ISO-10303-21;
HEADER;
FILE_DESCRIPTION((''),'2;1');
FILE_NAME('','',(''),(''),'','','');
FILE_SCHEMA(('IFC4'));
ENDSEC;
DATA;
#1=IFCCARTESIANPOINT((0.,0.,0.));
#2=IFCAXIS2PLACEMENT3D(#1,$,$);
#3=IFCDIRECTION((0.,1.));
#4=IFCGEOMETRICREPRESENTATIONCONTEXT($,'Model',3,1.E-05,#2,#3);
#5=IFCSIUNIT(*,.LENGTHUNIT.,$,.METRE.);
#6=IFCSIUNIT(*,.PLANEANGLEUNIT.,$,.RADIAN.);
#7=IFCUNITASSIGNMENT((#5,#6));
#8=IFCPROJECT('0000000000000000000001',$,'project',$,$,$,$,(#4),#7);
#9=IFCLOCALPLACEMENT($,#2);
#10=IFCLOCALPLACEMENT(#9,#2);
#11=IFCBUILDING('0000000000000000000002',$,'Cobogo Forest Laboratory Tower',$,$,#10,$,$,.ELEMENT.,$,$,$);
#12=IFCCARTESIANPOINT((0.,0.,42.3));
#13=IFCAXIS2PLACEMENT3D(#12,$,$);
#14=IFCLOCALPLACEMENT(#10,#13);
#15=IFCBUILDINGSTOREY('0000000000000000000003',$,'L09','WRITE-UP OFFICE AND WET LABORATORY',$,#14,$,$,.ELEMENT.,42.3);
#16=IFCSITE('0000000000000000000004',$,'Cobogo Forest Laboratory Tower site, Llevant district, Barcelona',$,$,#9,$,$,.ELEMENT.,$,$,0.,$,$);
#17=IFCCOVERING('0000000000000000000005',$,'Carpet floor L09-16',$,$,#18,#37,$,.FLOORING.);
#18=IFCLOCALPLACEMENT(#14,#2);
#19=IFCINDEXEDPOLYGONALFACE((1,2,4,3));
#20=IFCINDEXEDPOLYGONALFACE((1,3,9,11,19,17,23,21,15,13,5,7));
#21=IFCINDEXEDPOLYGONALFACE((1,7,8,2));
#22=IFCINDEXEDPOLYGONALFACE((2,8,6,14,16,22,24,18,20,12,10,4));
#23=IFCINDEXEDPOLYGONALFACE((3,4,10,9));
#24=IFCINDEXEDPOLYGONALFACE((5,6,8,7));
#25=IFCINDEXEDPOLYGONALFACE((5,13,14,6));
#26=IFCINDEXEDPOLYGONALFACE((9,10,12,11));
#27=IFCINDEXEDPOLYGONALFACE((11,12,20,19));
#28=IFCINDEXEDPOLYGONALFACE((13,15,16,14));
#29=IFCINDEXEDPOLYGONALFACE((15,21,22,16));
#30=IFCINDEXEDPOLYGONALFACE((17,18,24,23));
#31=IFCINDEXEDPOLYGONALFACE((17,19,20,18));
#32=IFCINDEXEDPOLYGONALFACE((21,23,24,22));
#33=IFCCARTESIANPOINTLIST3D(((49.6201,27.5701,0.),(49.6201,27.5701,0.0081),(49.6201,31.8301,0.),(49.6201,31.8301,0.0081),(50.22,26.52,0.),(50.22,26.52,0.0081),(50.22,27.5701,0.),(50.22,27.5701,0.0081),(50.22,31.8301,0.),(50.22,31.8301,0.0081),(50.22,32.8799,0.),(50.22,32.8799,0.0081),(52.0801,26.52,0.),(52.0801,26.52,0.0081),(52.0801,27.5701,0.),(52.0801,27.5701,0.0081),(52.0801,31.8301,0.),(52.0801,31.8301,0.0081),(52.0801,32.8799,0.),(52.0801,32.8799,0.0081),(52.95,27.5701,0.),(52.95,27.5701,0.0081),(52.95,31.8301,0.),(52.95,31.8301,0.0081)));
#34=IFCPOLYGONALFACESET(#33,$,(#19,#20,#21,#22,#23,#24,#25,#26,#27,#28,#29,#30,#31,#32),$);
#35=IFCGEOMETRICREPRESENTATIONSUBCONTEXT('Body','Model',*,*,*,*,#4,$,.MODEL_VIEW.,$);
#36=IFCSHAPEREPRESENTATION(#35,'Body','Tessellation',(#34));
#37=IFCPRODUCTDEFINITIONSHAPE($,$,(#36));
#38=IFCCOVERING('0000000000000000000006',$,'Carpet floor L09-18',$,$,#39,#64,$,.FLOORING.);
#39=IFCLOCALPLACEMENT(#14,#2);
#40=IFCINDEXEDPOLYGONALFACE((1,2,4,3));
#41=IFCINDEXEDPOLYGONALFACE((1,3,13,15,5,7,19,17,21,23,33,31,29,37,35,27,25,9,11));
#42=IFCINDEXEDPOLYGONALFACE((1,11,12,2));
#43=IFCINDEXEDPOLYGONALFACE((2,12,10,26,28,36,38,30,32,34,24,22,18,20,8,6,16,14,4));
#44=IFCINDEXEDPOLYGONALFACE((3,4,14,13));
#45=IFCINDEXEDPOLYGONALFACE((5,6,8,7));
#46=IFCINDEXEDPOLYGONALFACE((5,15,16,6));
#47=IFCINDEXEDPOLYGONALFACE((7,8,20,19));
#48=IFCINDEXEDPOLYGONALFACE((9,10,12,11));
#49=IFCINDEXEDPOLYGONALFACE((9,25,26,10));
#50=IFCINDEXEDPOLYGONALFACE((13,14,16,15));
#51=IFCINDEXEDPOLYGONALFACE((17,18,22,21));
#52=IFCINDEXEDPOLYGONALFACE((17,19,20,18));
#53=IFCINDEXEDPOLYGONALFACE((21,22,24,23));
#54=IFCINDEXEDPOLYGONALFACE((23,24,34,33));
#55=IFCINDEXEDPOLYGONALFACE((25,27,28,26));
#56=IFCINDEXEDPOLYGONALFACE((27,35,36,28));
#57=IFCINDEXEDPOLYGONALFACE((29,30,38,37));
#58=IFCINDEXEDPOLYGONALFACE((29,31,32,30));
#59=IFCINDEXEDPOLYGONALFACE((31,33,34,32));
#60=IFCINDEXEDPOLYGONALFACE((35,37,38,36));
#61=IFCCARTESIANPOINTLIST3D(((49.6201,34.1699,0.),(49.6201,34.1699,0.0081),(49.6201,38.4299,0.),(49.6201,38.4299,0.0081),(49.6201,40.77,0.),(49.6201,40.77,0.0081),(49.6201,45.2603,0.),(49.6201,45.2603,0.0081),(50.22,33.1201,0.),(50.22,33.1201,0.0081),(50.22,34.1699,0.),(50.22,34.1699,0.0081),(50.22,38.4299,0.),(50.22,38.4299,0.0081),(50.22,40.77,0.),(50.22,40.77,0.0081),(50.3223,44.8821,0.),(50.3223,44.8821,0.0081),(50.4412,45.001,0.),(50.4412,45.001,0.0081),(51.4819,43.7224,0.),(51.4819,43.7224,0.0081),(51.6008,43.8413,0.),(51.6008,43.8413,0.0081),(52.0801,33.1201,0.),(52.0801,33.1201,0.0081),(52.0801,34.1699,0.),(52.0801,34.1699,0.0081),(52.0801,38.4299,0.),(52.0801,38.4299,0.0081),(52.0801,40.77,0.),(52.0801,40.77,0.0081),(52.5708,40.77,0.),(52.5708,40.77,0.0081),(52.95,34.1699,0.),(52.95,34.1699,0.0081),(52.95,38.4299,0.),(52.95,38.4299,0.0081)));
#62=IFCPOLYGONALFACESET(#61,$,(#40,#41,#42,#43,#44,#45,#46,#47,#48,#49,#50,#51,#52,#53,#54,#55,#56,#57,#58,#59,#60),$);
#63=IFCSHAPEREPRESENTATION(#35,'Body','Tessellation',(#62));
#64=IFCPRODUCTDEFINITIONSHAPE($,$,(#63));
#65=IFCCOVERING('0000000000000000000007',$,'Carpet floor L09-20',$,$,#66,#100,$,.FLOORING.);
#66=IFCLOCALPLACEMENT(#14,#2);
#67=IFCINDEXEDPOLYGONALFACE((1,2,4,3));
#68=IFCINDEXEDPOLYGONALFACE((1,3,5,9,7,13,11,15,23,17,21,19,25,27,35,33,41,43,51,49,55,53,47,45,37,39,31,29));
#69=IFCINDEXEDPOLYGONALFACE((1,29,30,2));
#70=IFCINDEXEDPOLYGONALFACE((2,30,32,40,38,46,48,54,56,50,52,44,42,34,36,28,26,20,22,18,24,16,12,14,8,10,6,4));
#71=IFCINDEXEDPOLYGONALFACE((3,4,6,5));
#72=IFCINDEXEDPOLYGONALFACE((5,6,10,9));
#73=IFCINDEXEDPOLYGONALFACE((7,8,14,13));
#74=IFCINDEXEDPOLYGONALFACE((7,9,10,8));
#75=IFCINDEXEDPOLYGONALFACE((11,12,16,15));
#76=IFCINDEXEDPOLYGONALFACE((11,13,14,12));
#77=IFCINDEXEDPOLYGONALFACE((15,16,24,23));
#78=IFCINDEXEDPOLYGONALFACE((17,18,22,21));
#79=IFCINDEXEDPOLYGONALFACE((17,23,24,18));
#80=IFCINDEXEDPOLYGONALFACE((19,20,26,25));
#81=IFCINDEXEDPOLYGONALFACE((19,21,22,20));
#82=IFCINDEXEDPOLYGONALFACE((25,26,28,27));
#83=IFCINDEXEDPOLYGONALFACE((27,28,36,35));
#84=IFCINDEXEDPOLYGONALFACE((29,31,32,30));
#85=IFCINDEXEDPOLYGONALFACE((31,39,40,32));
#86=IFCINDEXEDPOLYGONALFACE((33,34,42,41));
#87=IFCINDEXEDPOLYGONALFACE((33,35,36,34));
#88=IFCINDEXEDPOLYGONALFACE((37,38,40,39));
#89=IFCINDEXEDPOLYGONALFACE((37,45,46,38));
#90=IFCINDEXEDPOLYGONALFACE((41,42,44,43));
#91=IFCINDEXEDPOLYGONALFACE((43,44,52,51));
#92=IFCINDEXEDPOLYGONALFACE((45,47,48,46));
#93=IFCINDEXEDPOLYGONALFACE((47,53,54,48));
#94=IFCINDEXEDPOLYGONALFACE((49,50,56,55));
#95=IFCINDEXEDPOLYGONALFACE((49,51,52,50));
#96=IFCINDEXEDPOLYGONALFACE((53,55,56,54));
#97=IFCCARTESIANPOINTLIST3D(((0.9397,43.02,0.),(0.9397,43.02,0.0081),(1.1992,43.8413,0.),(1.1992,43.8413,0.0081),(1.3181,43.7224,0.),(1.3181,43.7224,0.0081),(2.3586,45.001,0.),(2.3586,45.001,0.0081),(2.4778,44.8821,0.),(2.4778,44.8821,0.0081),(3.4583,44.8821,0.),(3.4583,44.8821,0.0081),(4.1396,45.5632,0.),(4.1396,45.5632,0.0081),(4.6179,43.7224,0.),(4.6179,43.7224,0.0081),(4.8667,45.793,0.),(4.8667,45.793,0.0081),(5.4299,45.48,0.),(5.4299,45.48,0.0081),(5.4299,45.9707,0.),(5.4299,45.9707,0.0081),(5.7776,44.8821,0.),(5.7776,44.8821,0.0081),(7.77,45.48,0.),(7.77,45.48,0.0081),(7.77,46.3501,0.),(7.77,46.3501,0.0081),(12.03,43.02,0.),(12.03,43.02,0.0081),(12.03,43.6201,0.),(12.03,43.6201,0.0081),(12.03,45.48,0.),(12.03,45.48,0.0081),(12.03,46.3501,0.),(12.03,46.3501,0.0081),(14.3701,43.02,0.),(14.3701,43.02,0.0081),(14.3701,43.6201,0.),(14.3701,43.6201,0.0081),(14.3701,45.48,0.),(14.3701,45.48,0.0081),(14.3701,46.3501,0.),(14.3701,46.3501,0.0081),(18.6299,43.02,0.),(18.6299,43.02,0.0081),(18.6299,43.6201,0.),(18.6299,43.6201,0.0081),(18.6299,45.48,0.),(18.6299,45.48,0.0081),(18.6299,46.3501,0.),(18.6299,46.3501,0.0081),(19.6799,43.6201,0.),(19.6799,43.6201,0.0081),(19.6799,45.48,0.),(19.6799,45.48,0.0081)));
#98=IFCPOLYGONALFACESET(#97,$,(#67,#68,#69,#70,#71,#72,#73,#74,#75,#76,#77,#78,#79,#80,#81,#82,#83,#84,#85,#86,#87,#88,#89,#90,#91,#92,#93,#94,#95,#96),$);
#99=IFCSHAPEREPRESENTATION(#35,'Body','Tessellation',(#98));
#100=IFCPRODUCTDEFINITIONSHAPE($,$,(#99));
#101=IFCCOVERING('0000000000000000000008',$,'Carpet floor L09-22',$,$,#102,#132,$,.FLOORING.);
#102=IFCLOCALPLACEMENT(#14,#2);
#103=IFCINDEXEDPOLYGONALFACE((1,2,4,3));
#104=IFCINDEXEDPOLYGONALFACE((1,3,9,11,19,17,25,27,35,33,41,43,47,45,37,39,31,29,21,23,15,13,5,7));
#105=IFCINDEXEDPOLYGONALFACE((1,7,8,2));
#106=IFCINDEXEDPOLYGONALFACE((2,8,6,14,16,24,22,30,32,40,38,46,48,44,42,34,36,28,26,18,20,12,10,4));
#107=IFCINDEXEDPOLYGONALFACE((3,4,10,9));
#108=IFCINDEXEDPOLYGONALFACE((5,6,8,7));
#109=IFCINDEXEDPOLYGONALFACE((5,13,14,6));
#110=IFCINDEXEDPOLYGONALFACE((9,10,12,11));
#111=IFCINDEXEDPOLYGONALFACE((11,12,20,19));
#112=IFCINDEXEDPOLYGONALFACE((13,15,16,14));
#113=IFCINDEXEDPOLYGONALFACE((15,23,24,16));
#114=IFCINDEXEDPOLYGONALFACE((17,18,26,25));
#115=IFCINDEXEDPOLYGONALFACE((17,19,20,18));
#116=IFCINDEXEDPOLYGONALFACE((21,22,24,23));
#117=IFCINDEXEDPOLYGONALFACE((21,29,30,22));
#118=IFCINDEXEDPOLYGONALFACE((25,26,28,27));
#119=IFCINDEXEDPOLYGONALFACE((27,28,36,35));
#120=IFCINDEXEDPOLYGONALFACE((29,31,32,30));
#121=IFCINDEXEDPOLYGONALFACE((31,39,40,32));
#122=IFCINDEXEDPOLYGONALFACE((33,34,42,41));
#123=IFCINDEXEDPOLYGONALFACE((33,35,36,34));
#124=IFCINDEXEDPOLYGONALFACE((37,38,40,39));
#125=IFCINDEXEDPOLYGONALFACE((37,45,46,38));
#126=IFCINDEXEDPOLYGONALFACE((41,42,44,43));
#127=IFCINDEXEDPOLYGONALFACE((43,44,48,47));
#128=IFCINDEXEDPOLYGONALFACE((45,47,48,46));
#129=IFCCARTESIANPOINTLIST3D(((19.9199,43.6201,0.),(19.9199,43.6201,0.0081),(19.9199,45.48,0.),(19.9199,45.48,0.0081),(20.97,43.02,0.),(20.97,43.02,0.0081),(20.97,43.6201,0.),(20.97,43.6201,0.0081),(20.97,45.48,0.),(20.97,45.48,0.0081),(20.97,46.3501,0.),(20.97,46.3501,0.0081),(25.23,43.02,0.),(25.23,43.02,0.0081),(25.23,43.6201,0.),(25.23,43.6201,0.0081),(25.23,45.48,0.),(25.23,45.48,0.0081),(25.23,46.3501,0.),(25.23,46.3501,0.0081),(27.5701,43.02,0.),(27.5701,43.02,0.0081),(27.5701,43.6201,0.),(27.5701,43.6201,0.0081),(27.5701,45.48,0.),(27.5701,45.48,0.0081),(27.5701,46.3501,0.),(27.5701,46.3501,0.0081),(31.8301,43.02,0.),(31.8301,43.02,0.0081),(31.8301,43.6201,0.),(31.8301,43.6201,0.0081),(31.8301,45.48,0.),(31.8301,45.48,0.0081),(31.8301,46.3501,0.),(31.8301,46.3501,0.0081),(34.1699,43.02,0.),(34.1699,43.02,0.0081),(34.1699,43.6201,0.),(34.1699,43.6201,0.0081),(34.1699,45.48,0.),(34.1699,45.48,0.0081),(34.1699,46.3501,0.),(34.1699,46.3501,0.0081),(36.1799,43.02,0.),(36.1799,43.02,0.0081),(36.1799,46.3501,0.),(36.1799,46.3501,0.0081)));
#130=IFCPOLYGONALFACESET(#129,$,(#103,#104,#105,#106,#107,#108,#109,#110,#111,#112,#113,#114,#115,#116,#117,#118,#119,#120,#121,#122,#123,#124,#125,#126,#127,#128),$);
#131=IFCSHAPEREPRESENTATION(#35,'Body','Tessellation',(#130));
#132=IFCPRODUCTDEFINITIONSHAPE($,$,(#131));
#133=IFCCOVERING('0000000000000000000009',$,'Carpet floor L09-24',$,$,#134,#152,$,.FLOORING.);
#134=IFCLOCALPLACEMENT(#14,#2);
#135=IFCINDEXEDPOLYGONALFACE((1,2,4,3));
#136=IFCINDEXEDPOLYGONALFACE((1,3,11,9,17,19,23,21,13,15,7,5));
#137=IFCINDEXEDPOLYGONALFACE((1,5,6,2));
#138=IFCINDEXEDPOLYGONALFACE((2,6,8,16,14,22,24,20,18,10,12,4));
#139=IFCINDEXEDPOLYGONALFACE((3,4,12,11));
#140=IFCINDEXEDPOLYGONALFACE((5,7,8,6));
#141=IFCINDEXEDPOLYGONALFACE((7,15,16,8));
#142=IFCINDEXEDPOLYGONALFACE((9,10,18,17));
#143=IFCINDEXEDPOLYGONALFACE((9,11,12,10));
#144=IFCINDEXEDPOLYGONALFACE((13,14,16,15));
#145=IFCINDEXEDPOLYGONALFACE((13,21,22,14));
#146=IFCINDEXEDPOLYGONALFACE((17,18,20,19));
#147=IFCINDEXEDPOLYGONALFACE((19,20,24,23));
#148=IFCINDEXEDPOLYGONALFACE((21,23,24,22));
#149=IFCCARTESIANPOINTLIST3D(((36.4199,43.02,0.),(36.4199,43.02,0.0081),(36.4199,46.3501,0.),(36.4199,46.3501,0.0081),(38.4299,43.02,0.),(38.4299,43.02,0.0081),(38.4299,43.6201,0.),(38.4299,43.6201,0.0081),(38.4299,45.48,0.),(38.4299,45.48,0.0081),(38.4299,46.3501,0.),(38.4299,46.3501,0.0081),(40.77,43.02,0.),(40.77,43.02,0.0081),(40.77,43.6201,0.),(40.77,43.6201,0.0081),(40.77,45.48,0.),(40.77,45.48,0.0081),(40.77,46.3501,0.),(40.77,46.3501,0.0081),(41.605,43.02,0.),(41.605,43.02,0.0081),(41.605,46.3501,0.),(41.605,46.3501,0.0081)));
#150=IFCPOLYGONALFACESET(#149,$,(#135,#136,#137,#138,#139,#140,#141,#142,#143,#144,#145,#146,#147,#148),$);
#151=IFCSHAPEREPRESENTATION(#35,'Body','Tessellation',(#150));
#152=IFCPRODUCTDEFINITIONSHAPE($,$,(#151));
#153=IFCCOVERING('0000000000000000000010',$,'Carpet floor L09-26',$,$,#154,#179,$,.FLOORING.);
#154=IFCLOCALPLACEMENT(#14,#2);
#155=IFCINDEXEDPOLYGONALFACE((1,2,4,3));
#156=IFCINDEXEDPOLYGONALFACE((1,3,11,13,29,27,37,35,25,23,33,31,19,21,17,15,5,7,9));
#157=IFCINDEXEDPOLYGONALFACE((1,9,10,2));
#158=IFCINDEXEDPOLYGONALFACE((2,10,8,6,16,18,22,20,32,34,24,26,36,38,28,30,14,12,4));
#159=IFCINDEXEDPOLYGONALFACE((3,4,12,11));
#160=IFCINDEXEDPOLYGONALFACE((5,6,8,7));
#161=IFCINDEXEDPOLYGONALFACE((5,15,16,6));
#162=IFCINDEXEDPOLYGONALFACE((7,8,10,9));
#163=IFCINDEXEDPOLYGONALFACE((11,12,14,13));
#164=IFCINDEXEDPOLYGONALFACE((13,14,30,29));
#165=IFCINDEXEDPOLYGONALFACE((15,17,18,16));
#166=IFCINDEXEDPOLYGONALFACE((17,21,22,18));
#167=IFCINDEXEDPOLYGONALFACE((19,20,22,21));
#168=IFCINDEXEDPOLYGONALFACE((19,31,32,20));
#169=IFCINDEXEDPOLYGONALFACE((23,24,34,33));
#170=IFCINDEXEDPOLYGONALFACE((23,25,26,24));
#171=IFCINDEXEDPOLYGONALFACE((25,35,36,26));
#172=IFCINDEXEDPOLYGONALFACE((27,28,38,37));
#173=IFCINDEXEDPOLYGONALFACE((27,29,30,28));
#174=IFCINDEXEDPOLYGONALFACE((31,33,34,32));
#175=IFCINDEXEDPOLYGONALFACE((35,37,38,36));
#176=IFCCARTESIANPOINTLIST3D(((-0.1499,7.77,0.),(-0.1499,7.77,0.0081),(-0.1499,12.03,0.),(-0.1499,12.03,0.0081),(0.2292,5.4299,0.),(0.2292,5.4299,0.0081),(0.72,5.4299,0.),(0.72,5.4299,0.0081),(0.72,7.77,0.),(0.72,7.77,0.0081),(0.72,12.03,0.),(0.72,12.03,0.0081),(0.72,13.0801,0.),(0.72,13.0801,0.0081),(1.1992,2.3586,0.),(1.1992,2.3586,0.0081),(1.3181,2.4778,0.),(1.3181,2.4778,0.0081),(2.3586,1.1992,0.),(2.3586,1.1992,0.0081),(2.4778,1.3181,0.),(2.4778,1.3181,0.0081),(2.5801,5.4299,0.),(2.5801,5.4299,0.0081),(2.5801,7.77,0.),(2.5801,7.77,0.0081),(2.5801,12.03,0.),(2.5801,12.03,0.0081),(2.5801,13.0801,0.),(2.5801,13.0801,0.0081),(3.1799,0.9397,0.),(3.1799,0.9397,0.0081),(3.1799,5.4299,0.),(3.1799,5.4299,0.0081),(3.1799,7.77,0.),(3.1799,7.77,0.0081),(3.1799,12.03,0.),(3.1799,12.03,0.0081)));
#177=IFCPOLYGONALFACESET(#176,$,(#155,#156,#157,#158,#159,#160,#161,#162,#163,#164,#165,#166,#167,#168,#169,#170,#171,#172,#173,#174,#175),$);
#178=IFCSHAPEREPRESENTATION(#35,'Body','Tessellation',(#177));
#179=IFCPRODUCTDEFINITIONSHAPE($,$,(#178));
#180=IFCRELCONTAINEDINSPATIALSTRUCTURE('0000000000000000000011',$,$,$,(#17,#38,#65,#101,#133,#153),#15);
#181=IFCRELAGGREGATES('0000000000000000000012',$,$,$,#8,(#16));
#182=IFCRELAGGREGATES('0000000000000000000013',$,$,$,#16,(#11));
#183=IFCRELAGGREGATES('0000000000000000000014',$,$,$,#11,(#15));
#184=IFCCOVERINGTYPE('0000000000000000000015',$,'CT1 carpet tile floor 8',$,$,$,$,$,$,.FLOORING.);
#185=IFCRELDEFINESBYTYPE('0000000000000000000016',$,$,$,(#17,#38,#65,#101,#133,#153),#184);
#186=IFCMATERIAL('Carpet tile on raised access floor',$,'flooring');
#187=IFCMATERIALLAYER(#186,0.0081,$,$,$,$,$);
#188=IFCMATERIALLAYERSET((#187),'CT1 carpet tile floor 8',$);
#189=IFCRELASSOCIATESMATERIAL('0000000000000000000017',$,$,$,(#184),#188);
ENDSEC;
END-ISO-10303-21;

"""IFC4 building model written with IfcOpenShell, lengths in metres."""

from ifc_helpers import new_model, si_unit, direction, frame, origin, place, context, subcontext, project, spatial, polyline, outline, extrude, material, layer, layer_set, type_object, element, save


model = new_model("IFC4")

# Units and contexts
model_context = context("Model", 3, precision=1e-05, world=origin(), true_north=direction((0.0, 1.0)))
body_context = subcontext(model_context, "Body", "Model", "MODEL_VIEW")
ifc_project = project(units=[si_unit("LENGTHUNIT", "METRE"), si_unit("PLANEANGLEUNIT", "RADIAN")], contexts=[model_context])

# Site, building, storey
site_placement = place(None, origin())
site = spatial("IfcSite", under=ifc_project, at=site_placement, Name="Cobogo Forest Laboratory Tower site, Llevant district, Barcelona", CompositionType="ELEMENT", RefElevation=0.0)
building_placement = place(site_placement, origin())
building = spatial("IfcBuilding", under=site, at=building_placement, Name="Cobogo Forest Laboratory Tower", CompositionType="ELEMENT")
storey_placement = place(building_placement, frame((0.0, 0.0, 42.3)))
storey = spatial("IfcBuildingStorey", under=building, at=storey_placement, Name="L09", Description="WRITE-UP OFFICE AND WET LABORATORY", CompositionType="ELEMENT", Elevation=42.3)

# Coverings
ifc_material_1 = material(Name="Carpet tile on raised access floor", Category="flooring")
ifc_layer_1 = layer(ifc_material_1, 0.0081)
ifc_layer_set_1 = layer_set([ifc_layer_1], Name="CT1 carpet tile floor 8")
covering_type_1 = type_object("IfcCoveringType", Name="CT1 carpet tile floor 8", PredefinedType="FLOORING", material=ifc_layer_set_1)
covering_1_placement = place(storey_placement, origin())
element("IfcCovering", 1, at=covering_1_placement, inside=storey, type_object=covering_type_1, Name="Carpet floor L09-16", PredefinedType="FLOORING", context=body_context, shape_type="SweptSolid", body=[
    extrude(outline(polyline([(49.6201, 31.8301), (50.22, 31.8301), (50.22, 32.8799), (52.0801, 32.8799), (52.0801, 31.8301), (52.95, 31.8301), (52.95, 27.5701), (52.0801, 27.5701), (52.0801, 26.52), (50.22, 26.52), (50.22, 27.5701), (49.6201, 27.5701), (49.6201, 31.8301)])), origin(), (0.0, 0.0, 1.0), 0.0081),
])
covering_2_placement = place(storey_placement, origin())
element("IfcCovering", 2, at=covering_2_placement, inside=storey, type_object=covering_type_1, Name="Carpet floor L09-18", PredefinedType="FLOORING", context=body_context, shape_type="SweptSolid", body=[
    extrude(outline(polyline([(49.6201, 38.4299), (50.22, 38.4299), (50.22, 40.77), (49.6201, 40.77), (49.6201, 45.2603), (50.4412, 45.001), (50.3223, 44.8821), (51.4819, 43.7224), (51.6008, 43.8413), (52.5708, 40.77), (52.0801, 40.77), (52.0801, 38.4299), (52.95, 38.4299), (52.95, 34.1699), (52.0801, 34.1699), (52.0801, 33.1201), (50.22, 33.1201), (50.22, 34.1699), (49.6201, 34.1699), (49.6201, 38.4299)])), origin(), (0.0, 0.0, 1.0), 0.0081),
])
covering_3_placement = place(storey_placement, origin())
element("IfcCovering", 3, at=covering_3_placement, inside=storey, type_object=covering_type_1, Name="Carpet floor L09-20", PredefinedType="FLOORING", context=body_context, shape_type="SweptSolid", body=[
    extrude(outline(polyline([(14.3701, 43.02), (14.3701, 43.6201), (12.03, 43.6201), (12.03, 43.02), (0.9397, 43.02), (1.1992, 43.8413), (1.3181, 43.7224), (2.4778, 44.8821), (2.3586, 45.001), (4.1396, 45.5632), (3.4583, 44.8821), (4.6179, 43.7224), (5.7776, 44.8821), (4.8667, 45.793), (5.4299, 45.9707), (5.4299, 45.48), (7.77, 45.48), (7.77, 46.3501), (12.03, 46.3501), (12.03, 45.48), (14.3701, 45.48), (14.3701, 46.3501), (18.6299, 46.3501), (18.6299, 45.48), (19.6799, 45.48), (19.6799, 43.6201), (18.6299, 43.6201), (18.6299, 43.02), (14.3701, 43.02)])), origin(), (0.0, 0.0, 1.0), 0.0081),
])
covering_4_placement = place(storey_placement, origin())
element("IfcCovering", 4, at=covering_4_placement, inside=storey, type_object=covering_type_1, Name="Carpet floor L09-22", PredefinedType="FLOORING", context=body_context, shape_type="SweptSolid", body=[
    extrude(outline(polyline([(34.1699, 43.02), (34.1699, 43.6201), (31.8301, 43.6201), (31.8301, 43.02), (27.5701, 43.02), (27.5701, 43.6201), (25.23, 43.6201), (25.23, 43.02), (20.97, 43.02), (20.97, 43.6201), (19.9199, 43.6201), (19.9199, 45.48), (20.97, 45.48), (20.97, 46.3501), (25.23, 46.3501), (25.23, 45.48), (27.5701, 45.48), (27.5701, 46.3501), (31.8301, 46.3501), (31.8301, 45.48), (34.1699, 45.48), (34.1699, 46.3501), (36.1799, 46.3501), (36.1799, 43.02), (34.1699, 43.02)])), origin(), (0.0, 0.0, 1.0), 0.0081),
])
covering_5_placement = place(storey_placement, origin())
element("IfcCovering", 5, at=covering_5_placement, inside=storey, type_object=covering_type_1, Name="Carpet floor L09-24", PredefinedType="FLOORING", context=body_context, shape_type="SweptSolid", body=[
    extrude(outline(polyline([(40.77, 43.02), (40.77, 43.6201), (38.4299, 43.6201), (38.4299, 43.02), (36.4199, 43.02), (36.4199, 46.3501), (38.4299, 46.3501), (38.4299, 45.48), (40.77, 45.48), (40.77, 46.3501), (41.605, 46.3501), (41.605, 43.02), (40.77, 43.02)])), origin(), (0.0, 0.0, 1.0), 0.0081),
])
covering_6_placement = place(storey_placement, origin())
element("IfcCovering", 6, at=covering_6_placement, inside=storey, type_object=covering_type_1, Name="Carpet floor L09-26", PredefinedType="FLOORING", context=body_context, shape_type="SweptSolid", body=[
    extrude(outline(polyline([(3.1799, 7.77), (2.5801, 7.77), (2.5801, 5.4299), (3.1799, 5.4299), (3.1799, 0.9397), (2.3586, 1.1992), (2.4778, 1.3181), (1.3181, 2.4778), (1.1992, 2.3586), (0.2292, 5.4299), (0.72, 5.4299), (0.72, 7.77), (-0.1499, 7.77), (-0.1499, 12.03), (0.72, 12.03), (0.72, 13.0801), (2.5801, 13.0801), (2.5801, 12.03), (3.1799, 12.03), (3.1799, 7.77)])), origin(), (0.0, 0.0, 1.0), 0.0081),
])

save(model, "model.ifc")
